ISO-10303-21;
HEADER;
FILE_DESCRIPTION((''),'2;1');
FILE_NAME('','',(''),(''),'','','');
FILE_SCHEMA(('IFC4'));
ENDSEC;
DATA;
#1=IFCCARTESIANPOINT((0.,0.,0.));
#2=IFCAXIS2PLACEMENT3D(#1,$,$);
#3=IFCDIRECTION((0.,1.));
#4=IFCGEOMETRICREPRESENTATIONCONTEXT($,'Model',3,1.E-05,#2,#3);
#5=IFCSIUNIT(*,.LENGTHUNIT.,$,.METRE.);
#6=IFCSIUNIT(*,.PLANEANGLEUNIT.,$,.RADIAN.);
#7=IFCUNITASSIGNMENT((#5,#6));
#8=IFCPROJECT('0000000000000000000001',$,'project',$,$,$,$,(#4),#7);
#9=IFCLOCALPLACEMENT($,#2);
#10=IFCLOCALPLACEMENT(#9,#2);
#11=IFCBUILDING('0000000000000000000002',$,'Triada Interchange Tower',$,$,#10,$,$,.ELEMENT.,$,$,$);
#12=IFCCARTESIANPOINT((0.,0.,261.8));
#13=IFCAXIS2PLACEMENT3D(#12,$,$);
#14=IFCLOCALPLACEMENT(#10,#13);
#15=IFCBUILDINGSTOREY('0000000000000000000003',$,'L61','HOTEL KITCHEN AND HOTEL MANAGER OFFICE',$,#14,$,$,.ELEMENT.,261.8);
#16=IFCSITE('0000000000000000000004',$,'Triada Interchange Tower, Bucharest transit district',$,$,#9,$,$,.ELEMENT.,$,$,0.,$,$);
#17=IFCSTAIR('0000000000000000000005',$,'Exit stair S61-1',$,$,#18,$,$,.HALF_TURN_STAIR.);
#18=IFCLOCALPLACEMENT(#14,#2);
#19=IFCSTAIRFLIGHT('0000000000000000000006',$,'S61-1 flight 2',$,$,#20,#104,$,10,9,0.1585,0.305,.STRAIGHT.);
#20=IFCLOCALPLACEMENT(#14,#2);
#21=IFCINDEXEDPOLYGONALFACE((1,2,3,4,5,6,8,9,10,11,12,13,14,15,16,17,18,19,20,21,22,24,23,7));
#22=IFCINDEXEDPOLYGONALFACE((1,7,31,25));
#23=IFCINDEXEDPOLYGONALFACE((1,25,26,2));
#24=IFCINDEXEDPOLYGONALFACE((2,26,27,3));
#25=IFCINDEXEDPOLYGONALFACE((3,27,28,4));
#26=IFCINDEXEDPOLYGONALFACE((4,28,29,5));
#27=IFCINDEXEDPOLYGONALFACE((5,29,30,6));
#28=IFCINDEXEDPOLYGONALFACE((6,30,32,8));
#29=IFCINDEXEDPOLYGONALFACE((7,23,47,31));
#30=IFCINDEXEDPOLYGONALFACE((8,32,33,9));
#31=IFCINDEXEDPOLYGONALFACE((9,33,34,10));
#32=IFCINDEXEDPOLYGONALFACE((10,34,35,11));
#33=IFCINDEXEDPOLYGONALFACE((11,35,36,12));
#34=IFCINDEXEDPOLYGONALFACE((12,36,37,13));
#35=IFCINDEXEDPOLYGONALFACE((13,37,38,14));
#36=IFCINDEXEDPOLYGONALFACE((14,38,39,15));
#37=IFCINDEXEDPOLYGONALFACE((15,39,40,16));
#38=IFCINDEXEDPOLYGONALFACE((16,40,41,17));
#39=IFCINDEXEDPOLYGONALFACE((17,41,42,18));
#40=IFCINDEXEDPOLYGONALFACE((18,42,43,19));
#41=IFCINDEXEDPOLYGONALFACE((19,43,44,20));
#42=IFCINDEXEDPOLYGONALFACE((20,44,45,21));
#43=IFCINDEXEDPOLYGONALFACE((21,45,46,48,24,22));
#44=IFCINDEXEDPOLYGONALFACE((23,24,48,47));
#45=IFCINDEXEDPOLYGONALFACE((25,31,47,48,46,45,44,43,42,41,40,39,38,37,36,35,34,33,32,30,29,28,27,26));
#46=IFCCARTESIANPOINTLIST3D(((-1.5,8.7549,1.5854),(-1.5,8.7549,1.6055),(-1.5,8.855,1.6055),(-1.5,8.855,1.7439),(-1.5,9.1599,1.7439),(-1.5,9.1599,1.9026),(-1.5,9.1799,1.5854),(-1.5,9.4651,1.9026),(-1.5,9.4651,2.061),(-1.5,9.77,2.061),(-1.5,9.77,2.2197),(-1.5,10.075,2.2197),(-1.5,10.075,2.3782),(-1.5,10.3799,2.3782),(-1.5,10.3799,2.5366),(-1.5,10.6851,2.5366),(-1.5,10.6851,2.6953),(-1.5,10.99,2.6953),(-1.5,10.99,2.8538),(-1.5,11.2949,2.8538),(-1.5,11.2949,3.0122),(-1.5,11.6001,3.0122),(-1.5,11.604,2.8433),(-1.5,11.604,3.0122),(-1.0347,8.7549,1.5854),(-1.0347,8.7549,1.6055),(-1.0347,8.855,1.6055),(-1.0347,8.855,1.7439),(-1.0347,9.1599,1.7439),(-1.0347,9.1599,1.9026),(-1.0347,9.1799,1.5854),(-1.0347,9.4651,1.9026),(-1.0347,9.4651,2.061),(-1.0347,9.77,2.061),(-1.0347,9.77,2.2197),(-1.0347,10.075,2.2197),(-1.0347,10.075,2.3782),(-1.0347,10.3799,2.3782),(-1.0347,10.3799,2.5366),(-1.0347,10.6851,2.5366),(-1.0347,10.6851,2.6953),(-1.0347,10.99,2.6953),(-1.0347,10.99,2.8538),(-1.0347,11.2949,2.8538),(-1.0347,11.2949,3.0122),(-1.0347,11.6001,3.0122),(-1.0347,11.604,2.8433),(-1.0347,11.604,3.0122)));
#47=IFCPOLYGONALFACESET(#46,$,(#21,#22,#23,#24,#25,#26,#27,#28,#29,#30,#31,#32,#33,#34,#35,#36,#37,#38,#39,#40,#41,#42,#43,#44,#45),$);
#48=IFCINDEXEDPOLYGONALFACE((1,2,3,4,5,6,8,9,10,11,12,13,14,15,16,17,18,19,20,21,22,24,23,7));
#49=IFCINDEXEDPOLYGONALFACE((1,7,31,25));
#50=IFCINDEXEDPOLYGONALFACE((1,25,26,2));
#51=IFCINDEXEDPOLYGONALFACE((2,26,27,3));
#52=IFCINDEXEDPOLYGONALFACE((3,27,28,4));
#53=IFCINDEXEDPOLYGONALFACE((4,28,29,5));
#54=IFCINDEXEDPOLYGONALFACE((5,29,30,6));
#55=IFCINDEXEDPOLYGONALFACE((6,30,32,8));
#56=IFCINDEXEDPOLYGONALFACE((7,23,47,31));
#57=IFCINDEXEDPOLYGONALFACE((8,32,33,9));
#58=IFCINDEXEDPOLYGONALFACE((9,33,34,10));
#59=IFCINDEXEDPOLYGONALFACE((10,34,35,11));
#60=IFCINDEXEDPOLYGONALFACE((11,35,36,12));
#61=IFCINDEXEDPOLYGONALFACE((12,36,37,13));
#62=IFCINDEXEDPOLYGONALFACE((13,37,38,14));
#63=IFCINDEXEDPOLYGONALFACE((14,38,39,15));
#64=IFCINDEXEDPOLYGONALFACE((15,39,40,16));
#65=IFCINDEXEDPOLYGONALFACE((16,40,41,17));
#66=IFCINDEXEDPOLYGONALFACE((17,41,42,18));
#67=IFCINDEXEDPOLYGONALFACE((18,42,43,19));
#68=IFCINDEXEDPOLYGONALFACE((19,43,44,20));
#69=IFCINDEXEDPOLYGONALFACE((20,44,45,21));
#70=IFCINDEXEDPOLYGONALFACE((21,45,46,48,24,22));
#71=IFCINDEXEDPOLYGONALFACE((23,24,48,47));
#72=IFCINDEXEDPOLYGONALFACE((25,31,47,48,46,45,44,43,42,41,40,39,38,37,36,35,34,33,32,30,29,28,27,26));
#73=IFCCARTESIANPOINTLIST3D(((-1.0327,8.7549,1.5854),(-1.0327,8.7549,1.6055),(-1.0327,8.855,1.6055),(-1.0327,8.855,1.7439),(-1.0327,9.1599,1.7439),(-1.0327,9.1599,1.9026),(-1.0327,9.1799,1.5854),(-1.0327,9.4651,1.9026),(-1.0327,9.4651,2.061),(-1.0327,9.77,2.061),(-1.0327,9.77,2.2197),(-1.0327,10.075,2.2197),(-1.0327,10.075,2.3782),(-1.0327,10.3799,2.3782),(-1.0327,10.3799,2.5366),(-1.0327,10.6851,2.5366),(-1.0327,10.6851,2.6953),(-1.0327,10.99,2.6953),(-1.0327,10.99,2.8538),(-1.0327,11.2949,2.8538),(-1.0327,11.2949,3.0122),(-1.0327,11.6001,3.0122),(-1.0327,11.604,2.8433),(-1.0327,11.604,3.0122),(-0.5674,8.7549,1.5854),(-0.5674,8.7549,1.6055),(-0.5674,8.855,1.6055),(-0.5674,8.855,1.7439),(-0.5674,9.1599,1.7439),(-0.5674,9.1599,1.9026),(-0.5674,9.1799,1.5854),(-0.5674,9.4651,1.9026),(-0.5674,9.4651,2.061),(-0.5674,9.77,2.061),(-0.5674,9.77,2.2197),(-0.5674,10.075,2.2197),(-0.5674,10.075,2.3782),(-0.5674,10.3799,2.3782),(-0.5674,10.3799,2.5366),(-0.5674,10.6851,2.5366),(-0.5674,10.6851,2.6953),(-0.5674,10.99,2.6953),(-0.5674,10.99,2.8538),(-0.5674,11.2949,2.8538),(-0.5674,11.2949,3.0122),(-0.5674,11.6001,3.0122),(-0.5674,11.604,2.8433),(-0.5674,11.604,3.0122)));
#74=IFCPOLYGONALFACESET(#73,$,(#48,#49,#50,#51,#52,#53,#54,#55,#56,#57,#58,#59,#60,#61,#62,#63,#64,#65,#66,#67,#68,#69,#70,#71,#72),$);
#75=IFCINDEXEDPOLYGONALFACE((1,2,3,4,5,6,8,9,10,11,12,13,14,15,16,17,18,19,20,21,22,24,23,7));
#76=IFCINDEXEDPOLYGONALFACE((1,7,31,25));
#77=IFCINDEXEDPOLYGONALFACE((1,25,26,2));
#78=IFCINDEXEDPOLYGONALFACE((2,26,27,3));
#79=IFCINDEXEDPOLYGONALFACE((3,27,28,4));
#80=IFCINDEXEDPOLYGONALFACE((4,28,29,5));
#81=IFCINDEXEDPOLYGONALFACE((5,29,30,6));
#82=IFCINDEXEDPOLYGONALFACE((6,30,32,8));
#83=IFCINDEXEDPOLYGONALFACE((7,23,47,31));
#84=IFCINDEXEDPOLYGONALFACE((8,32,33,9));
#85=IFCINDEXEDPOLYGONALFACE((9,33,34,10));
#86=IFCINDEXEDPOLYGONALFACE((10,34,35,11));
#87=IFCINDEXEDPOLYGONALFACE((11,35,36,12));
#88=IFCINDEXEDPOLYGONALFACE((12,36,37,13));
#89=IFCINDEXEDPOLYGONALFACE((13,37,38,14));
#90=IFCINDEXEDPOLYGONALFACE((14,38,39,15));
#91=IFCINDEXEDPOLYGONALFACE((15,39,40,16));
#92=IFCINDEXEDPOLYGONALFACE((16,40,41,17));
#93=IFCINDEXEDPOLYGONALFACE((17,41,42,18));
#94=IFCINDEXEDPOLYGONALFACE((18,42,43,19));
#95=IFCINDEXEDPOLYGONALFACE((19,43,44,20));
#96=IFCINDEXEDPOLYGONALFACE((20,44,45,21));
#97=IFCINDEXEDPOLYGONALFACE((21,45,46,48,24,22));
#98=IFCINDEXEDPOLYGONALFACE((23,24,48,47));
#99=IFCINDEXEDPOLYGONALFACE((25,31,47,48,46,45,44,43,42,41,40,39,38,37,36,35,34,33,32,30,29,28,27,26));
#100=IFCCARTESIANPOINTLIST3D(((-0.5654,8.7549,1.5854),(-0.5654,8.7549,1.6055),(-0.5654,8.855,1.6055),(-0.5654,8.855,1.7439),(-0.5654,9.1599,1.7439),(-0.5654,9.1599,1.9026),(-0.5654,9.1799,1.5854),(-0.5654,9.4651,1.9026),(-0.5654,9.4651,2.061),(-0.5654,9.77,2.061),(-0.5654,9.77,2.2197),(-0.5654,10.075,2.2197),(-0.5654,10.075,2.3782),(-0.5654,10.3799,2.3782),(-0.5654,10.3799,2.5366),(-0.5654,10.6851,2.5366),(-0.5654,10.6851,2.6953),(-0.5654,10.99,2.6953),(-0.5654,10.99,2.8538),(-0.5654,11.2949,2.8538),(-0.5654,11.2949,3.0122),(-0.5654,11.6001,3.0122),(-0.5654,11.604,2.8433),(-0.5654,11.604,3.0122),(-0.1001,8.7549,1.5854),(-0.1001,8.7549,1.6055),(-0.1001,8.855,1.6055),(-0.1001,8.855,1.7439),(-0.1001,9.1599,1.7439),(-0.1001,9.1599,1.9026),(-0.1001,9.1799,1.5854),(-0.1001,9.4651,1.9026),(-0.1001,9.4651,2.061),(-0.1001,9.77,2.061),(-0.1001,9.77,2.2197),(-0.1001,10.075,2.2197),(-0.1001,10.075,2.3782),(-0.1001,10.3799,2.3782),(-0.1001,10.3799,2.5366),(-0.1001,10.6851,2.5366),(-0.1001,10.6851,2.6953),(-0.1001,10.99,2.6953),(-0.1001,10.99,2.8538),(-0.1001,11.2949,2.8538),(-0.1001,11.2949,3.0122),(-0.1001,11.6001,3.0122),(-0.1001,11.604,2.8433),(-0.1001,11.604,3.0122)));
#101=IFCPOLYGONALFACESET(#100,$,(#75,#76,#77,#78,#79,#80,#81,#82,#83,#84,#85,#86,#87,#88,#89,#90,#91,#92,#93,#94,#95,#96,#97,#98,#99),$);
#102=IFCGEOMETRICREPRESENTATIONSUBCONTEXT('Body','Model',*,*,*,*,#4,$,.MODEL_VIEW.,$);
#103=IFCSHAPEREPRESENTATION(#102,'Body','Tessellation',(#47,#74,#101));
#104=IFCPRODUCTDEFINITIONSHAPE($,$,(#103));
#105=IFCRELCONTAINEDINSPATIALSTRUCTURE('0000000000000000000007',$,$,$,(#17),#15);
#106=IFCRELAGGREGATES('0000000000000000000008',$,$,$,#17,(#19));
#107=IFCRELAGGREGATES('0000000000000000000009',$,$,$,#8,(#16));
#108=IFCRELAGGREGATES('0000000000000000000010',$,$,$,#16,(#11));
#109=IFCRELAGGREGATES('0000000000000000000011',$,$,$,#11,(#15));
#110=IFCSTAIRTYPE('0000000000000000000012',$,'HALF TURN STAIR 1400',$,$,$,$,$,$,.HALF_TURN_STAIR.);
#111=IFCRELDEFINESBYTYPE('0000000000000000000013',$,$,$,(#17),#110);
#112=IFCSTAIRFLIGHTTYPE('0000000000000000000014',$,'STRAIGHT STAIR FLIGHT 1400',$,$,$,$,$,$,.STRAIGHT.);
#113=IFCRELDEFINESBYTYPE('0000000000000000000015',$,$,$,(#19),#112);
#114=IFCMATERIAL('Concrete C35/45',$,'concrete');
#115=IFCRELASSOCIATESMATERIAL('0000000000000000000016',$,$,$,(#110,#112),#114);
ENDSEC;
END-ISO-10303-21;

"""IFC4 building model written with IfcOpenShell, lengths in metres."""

from ifc_helpers import new_model, si_unit, direction, frame, origin, place, context, subcontext, project, spatial, polyline, outline, extrude, material, type_object, element, aggregate, save


model = new_model("IFC4")

# Units and contexts
model_context = context("Model", 3, precision=1e-05, world=origin(), true_north=direction((0.0, 1.0)))
body_context = subcontext(model_context, "Body", "Model", "MODEL_VIEW")
ifc_project = project(units=[si_unit("LENGTHUNIT", "METRE"), si_unit("PLANEANGLEUNIT", "RADIAN")], contexts=[model_context])

# Site, building, storey
site_placement = place(None, origin())
site = spatial("IfcSite", under=ifc_project, at=site_placement, Name="Triada Interchange Tower, Bucharest transit district", CompositionType="ELEMENT", RefElevation=0.0)
building_placement = place(site_placement, origin())
building = spatial("IfcBuilding", under=site, at=building_placement, Name="Triada Interchange Tower", CompositionType="ELEMENT")
storey_placement = place(building_placement, frame((0.0, 0.0, 261.8)))
storey = spatial("IfcBuildingStorey", under=building, at=storey_placement, Name="L61", Description="HOTEL KITCHEN AND HOTEL MANAGER OFFICE", CompositionType="ELEMENT", Elevation=261.8)

# Stair, stair flight
ifc_material_1 = material(Name="Concrete C35/45", Category="concrete")
stair_type = type_object("IfcStairType", Name="HALF TURN STAIR 1400", PredefinedType="HALF_TURN_STAIR", material=ifc_material_1)
stair_placement = place(storey_placement, origin())
stair = element("IfcStair", 1, at=stair_placement, inside=storey, type_object=stair_type, Name="Exit stair S61-1", PredefinedType="HALF_TURN_STAIR")
stair_flight_type = type_object("IfcStairFlightType", Name="STRAIGHT STAIR FLIGHT 1400", PredefinedType="STRAIGHT", material=ifc_material_1)
stair_flight_1_placement = place(storey_placement, frame((-0.8, 8.855, 1.5854), z_axis=(0.0, 0.0, 1.0), x_axis=(0.0, 1.0, 0.0)))
stair_flight_1 = element("IfcStairFlight", 2, at=stair_flight_1_placement, type_object=stair_flight_type, Name="S61-1 flight 2", NumberOfRisers=10, NumberOfTreads=9, PredefinedType="STRAIGHT", RiserHeight=0.1585, TreadLength=0.305, context=body_context, shape_type="SweptSolid", body=[
    extrude(outline(polyline([(-0.1001, 0.0), (-0.1001, 0.02), (0.0, 0.02), (0.0, 0.1584), (0.3049, 0.1584), (0.3049, 0.3171), (0.6101, 0.3171), (0.6101, 0.4756), (0.915, 0.4756), (0.915, 0.6343), (1.22, 0.6343), (1.22, 0.7927), (1.5249, 0.7927), (1.5249, 0.9512), (1.8301, 0.9512), (1.8301, 1.1099), (2.135, 1.1099), (2.135, 1.2683), (2.4399, 1.2683), (2.4399, 1.4268), (2.7451, 1.4268), (2.749, 1.4268), (2.749, 1.5854), (2.749, 1.2578), (0.325, 0.0), (-0.1001, 0.0)])), frame((0.0, 0.7, 0.0), z_axis=(0.0, -1.0, 0.0), x_axis=(1.0, 0.0, 0.0)), (0.0, 0.0, 1.0), 0.4653),
    extrude(outline(polyline([(-0.1001, 0.0), (-0.1001, 0.02), (0.0, 0.02), (0.0, 0.1584), (0.3049, 0.1584), (0.3049, 0.3171), (0.6101, 0.3171), (0.6101, 0.4756), (0.915, 0.4756), (0.915, 0.6343), (1.22, 0.6343), (1.22, 0.7927), (1.5249, 0.7927), (1.5249, 0.9512), (1.8301, 0.9512), (1.8301, 1.1099), (2.135, 1.1099), (2.135, 1.2683), (2.4399, 1.2683), (2.4399, 1.4268), (2.7451, 1.4268), (2.749, 1.4268), (2.749, 1.5854), (2.749, 1.2578), (0.325, 0.0), (-0.1001, 0.0)])), frame((0.0, 0.2327, 0.0), z_axis=(0.0, -1.0, 0.0), x_axis=(1.0, 0.0, 0.0)), (0.0, 0.0, 1.0), 0.4653),
    extrude(outline(polyline([(-0.1001, 0.0), (-0.1001, 0.02), (0.0, 0.02), (0.0, 0.1584), (0.3049, 0.1584), (0.3049, 0.3171), (0.6101, 0.3171), (0.6101, 0.4756), (0.915, 0.4756), (0.915, 0.6343), (1.22, 0.6343), (1.22, 0.7927), (1.5249, 0.7927), (1.5249, 0.9512), (1.8301, 0.9512), (1.8301, 1.1099), (2.135, 1.1099), (2.135, 1.2683), (2.4399, 1.2683), (2.4399, 1.4268), (2.7451, 1.4268), (2.749, 1.4268), (2.749, 1.5854), (2.749, 1.2578), (0.325, 0.0), (-0.1001, 0.0)])), frame((0.0, -0.2346, 0.0), z_axis=(0.0, -1.0, 0.0), x_axis=(1.0, 0.0, 0.0)), (0.0, 0.0, 1.0), 0.4653),
])
aggregate(stair, [stair_flight_1])

save(model, "model.ifc")
